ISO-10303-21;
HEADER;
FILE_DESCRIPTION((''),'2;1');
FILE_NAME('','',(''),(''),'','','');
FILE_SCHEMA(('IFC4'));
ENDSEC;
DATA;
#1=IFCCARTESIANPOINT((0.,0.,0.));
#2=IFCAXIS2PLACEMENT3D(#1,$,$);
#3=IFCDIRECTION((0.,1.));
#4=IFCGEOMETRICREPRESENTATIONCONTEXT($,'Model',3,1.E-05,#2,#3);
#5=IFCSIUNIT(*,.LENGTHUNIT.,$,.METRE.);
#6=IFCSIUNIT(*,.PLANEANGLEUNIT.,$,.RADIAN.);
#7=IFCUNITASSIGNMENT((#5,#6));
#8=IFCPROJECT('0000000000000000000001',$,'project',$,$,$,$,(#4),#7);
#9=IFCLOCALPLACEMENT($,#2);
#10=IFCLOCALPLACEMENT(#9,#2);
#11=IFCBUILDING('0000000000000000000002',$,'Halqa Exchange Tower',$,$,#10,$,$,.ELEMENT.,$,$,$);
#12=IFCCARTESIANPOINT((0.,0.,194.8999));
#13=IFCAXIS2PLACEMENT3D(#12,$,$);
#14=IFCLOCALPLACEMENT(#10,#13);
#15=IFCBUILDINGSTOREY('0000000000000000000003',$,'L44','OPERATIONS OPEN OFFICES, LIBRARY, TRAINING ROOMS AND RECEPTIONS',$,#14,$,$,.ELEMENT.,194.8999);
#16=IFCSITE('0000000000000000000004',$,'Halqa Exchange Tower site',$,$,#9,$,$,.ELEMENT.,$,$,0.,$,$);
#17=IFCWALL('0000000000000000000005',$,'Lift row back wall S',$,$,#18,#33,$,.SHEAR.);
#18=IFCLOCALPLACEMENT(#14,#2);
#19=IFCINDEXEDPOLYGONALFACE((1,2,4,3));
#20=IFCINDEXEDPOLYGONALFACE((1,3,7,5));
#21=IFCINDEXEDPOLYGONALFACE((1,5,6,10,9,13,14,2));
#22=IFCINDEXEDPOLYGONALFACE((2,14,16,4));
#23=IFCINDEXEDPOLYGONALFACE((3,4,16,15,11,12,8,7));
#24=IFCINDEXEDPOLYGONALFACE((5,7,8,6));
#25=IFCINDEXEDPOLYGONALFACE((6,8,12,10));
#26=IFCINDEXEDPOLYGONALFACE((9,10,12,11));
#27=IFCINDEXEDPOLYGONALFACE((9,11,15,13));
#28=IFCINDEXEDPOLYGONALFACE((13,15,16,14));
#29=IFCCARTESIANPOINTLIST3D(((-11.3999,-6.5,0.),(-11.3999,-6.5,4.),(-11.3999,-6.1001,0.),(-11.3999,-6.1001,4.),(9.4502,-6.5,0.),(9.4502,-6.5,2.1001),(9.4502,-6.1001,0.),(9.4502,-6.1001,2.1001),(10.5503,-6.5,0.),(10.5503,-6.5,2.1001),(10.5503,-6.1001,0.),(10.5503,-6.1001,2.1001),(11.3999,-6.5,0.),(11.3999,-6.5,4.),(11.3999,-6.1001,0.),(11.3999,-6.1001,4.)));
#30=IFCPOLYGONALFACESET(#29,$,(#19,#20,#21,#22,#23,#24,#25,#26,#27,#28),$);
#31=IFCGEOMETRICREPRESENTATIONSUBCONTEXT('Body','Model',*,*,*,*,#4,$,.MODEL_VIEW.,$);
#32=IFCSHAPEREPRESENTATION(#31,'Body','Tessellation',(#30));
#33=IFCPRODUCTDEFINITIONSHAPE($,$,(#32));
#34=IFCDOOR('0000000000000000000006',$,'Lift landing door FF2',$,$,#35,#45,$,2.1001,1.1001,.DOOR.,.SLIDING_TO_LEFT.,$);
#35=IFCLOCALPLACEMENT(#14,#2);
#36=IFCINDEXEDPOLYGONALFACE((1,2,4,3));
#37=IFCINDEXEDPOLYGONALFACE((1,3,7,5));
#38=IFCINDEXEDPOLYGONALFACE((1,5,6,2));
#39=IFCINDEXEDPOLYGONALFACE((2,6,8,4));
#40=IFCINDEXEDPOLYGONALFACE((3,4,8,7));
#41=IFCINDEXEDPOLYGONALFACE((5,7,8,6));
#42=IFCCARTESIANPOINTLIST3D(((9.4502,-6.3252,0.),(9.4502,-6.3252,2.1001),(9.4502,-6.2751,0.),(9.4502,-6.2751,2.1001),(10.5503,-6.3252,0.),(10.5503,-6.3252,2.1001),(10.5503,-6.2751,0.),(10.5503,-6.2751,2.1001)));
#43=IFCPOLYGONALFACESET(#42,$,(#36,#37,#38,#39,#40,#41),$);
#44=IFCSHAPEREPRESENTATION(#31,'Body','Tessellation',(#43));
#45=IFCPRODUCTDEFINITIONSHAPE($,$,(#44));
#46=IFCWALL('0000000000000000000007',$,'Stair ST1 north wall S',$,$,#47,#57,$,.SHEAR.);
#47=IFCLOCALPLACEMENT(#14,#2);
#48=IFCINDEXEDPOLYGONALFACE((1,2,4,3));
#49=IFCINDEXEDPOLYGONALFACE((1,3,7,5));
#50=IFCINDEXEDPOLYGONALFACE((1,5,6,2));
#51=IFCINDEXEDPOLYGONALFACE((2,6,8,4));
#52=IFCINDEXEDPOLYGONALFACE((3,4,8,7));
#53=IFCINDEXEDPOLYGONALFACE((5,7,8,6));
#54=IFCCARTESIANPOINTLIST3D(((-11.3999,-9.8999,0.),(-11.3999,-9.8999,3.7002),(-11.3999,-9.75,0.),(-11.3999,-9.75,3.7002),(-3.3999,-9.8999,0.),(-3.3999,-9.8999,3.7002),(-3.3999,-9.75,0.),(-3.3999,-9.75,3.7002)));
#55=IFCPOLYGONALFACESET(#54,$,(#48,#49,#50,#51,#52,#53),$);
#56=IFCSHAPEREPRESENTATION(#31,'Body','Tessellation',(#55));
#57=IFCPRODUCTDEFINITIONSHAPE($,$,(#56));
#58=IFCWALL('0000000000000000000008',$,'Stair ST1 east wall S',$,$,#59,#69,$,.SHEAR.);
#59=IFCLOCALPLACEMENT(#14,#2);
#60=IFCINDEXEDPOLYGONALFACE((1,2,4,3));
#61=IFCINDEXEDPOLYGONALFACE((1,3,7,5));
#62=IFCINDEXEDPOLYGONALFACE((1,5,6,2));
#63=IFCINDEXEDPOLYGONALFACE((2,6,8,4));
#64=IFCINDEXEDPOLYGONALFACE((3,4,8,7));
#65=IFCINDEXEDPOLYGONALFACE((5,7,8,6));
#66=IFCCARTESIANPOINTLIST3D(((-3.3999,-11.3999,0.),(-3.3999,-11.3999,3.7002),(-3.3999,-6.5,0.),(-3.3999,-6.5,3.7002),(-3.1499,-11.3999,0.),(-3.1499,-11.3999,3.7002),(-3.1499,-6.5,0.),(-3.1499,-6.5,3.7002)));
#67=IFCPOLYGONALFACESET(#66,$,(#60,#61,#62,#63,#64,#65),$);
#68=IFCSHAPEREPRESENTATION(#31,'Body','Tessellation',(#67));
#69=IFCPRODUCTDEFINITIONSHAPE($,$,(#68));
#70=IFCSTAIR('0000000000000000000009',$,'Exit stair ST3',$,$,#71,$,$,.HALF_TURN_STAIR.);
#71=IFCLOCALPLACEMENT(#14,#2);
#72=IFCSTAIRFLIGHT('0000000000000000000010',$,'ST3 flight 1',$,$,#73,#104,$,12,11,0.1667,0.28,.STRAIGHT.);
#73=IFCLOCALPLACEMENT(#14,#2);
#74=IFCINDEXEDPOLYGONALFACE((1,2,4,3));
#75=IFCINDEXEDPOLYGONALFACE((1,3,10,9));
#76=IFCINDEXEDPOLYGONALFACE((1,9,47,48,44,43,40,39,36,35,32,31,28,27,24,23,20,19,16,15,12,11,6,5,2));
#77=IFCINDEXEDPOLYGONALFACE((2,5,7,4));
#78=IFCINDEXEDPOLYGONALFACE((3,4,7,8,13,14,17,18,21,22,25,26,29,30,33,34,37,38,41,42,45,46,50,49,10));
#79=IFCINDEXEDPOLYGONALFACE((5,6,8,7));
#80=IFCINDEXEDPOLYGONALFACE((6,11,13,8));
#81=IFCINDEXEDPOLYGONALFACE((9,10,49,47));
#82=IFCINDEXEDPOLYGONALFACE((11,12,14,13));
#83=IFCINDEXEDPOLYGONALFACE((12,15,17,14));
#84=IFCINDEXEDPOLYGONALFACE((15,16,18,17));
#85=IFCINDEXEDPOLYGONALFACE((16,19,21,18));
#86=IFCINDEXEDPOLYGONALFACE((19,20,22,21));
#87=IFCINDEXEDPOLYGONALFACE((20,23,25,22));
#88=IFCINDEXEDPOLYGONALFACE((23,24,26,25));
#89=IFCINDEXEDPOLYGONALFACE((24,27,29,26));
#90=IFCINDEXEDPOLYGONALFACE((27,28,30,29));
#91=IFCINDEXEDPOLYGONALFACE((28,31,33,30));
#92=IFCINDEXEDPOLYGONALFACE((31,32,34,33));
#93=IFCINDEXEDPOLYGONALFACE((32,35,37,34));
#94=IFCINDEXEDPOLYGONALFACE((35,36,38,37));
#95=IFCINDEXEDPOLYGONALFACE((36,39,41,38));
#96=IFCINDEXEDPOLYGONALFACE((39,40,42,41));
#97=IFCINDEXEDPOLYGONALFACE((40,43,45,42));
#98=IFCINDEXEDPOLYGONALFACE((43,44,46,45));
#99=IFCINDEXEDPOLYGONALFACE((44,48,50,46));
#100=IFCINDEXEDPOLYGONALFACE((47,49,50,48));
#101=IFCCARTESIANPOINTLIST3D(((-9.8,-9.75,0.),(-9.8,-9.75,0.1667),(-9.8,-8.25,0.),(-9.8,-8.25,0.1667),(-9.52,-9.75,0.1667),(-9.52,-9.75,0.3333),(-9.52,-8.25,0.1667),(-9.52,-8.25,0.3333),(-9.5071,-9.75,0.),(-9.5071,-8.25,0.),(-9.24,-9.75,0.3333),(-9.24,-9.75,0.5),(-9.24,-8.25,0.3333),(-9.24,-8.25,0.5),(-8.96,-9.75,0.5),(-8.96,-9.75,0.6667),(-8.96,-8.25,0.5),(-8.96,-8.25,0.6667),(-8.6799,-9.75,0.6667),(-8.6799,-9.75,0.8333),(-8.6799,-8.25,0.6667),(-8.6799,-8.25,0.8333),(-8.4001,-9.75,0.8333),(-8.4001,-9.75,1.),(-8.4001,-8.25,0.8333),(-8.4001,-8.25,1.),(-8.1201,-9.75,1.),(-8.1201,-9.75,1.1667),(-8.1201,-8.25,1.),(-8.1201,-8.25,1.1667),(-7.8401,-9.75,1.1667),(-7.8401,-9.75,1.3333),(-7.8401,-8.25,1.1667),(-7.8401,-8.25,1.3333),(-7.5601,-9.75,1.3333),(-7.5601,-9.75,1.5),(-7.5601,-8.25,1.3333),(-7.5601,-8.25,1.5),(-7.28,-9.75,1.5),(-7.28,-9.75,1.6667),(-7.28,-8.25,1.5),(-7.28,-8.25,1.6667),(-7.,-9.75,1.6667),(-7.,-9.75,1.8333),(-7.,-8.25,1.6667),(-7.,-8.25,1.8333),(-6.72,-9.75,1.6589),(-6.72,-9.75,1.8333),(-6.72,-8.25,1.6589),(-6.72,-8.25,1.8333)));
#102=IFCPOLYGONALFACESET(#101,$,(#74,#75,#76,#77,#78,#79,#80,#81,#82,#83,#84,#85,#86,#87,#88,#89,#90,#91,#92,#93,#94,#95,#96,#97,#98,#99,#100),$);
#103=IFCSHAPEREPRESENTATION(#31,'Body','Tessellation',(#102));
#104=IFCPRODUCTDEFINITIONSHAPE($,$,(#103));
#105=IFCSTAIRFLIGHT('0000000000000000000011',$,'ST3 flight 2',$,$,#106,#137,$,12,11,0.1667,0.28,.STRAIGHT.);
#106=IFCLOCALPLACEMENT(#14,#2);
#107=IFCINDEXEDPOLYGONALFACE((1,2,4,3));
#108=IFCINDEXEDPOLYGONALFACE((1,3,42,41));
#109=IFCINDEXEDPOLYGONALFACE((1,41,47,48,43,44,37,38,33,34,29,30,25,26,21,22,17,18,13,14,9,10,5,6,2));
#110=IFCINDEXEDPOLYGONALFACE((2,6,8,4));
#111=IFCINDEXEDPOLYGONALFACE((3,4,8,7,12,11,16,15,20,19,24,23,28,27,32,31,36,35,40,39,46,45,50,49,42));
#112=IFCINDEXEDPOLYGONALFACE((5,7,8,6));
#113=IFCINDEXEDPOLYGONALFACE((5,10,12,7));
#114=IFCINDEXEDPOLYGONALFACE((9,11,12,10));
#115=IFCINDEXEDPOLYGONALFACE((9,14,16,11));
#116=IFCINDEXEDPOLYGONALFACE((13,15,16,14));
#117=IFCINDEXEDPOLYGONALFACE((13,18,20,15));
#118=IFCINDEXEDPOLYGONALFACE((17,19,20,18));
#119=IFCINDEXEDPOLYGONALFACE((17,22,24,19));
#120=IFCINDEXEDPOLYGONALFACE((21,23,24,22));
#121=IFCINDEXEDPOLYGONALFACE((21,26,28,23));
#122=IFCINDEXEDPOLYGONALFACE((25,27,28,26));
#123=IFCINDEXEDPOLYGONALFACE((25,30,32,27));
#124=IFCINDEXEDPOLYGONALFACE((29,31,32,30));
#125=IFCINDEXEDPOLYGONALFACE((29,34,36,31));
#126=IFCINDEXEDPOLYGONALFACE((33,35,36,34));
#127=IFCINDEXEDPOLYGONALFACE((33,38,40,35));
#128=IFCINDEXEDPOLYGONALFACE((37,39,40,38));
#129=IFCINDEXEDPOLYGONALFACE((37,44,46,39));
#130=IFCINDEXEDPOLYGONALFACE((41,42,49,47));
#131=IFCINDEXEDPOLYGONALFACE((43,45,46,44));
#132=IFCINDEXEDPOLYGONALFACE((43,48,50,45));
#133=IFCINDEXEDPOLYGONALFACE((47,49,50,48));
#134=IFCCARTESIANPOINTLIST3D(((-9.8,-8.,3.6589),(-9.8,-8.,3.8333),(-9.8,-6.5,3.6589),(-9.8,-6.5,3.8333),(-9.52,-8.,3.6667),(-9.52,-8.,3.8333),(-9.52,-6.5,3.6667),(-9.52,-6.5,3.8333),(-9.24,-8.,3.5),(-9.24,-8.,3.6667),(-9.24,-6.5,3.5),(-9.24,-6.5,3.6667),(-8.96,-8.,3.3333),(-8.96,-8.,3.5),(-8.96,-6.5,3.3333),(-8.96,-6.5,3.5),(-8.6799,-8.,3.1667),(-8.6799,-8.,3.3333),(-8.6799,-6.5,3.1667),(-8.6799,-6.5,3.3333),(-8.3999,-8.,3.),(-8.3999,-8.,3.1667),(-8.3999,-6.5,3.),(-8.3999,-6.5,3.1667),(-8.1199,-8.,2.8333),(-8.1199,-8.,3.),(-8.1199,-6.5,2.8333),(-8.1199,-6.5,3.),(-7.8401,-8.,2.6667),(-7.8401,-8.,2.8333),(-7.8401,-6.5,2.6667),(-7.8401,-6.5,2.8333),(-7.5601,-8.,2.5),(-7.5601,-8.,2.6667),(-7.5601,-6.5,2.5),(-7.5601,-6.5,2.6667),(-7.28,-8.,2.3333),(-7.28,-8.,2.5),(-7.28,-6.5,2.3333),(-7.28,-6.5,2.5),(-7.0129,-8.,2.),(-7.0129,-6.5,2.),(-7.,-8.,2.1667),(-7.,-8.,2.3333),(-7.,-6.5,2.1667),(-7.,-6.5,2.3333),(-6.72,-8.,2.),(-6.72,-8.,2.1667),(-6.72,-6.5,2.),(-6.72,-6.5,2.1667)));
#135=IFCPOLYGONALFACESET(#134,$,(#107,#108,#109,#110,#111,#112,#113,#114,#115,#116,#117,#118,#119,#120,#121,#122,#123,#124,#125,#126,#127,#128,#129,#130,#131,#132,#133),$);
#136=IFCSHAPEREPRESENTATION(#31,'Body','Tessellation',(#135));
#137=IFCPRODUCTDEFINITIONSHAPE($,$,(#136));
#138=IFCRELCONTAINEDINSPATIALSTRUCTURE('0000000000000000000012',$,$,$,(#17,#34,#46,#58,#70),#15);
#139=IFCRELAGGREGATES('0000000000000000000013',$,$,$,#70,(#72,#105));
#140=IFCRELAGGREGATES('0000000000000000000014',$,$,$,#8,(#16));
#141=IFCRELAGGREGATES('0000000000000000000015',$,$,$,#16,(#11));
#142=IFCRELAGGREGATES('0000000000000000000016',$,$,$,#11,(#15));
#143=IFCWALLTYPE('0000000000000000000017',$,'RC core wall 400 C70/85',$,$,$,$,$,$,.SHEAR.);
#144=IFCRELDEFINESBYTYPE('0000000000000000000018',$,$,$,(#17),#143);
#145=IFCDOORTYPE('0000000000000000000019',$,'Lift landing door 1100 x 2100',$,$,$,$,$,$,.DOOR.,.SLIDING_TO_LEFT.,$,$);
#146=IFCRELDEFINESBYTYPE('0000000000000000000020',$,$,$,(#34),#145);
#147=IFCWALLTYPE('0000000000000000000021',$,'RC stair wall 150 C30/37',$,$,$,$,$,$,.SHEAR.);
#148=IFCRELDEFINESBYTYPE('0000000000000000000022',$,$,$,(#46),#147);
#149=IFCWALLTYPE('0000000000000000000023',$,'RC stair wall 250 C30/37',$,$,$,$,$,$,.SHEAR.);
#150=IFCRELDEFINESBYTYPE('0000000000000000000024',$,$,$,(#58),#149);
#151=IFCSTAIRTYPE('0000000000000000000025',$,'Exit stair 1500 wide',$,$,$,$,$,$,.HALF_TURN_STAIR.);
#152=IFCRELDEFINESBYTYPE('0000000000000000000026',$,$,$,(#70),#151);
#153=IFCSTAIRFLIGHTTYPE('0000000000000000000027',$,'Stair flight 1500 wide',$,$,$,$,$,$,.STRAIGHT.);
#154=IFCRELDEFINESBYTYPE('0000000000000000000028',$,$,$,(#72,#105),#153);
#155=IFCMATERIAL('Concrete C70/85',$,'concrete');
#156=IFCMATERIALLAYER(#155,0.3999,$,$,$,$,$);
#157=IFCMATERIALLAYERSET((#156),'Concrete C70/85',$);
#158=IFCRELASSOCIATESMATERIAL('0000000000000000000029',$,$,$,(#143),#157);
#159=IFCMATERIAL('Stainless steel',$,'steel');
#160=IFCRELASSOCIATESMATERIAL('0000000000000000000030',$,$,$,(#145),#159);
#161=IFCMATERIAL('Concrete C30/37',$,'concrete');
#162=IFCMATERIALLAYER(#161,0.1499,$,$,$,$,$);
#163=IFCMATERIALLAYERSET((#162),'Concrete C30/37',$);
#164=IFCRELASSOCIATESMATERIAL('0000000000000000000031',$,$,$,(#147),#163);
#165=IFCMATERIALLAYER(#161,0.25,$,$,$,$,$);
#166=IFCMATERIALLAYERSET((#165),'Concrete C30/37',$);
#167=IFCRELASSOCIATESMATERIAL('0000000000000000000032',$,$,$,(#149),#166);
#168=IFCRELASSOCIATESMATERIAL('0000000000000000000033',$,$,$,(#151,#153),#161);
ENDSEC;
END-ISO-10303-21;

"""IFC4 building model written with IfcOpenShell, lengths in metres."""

from ifc_helpers import new_model, si_unit, direction, frame, frame_2d, origin, place, context, subcontext, project, spatial, polyline, rectangle, outline, extrude, material, layer, layer_set, type_object, element, fill, aggregate, save


model = new_model("IFC4")

# Units and contexts
model_context = context("Model", 3, precision=1e-05, world=origin(), true_north=direction((0.0, 1.0)))
body_context = subcontext(model_context, "Body", "Model", "MODEL_VIEW")
ifc_project = project(units=[si_unit("LENGTHUNIT", "METRE"), si_unit("PLANEANGLEUNIT", "RADIAN")], contexts=[model_context])

# Site, building, storey
site_placement = place(None, origin())
site = spatial("IfcSite", under=ifc_project, at=site_placement, Name="Halqa Exchange Tower site", CompositionType="ELEMENT", RefElevation=0.0)
building_placement = place(site_placement, origin())
building = spatial("IfcBuilding", under=site, at=building_placement, Name="Halqa Exchange Tower", CompositionType="ELEMENT")
storey_placement = place(building_placement, frame((0.0, 0.0, 194.8999)))
storey = spatial("IfcBuildingStorey", under=building, at=storey_placement, Name="L44", Description="OPERATIONS OPEN OFFICES, LIBRARY, TRAINING ROOMS AND RECEPTIONS", CompositionType="ELEMENT", Elevation=194.8999)

# Shared definitions
ifc_material_1 = material(Name="Concrete C70/85", Category="concrete")
ifc_layer_1 = layer(ifc_material_1, 0.3999)
ifc_layer_set_1 = layer_set([ifc_layer_1], Name="Concrete C70/85")
wall_type_1 = type_object("IfcWallType", Name="RC core wall 400 C70/85", PredefinedType="SHEAR", material=ifc_layer_set_1)
ifc_material_2 = material(Name="Stainless steel", Category="steel")
door_type_1 = type_object("IfcDoorType", Name="Lift landing door 1100 x 2100", OperationType="SLIDING_TO_LEFT", PredefinedType="DOOR", material=ifc_material_2)

# Wall, opening, door
wall_1_placement = place(storey_placement, frame((-11.3999, -6.3, 0.0), z_axis=(0.0, 0.0, 1.0), x_axis=(1.0, 0.0, 0.0)))
wall_1 = element("IfcWall", 1, at=wall_1_placement, inside=storey, type_object=wall_type_1, Name="Lift row back wall S", PredefinedType="SHEAR", context=body_context, shape_type="SweptSolid", body=[
    extrude(rectangle(XDim=22.7998, YDim=0.3999, at=frame_2d((11.3999, 0.0))), origin(), (0.0, 0.0, 1.0), 4.0),
])
opening_1_placement = place(wall_1_placement, frame((20.8501, 0.0, 0.0)))
opening_1 = element("IfcOpeningElement", 2, at=opening_1_placement, cuts=wall_1, PredefinedType="OPENING", context=body_context, shape_type="SweptSolid", body=[
    extrude(rectangle(XDim=1.1001, YDim=2.1001, at=frame_2d((0.55, 1.05))), frame((0.0, 0.2119, 0.0), z_axis=(0.0, -1.0, 0.0), x_axis=(1.0, 0.0, 0.0)), (0.0, 0.0, 1.0), 0.4238),
])
door_1_placement = place(opening_1_placement, origin())
door_1 = element("IfcDoor", 3, at=door_1_placement, inside=storey, type_object=door_type_1, Name="Lift landing door FF2", OperationType="SLIDING_TO_LEFT", OverallHeight=2.1001, OverallWidth=1.1001, PredefinedType="DOOR", context=body_context, shape_type="SweptSolid", body=[
    extrude(rectangle(XDim=1.1001, YDim=2.1001, at=frame_2d((0.55, 1.05))), frame((0.0, 0.0249, 0.0), z_axis=(0.0, -1.0, 0.0), x_axis=(1.0, 0.0, 0.0)), (0.0, 0.0, 1.0), 0.05),
])
fill(opening_1, door_1)

# Walls
ifc_material_3 = material(Name="Concrete C30/37", Category="concrete")
ifc_layer_2 = layer(ifc_material_3, 0.1499)
ifc_layer_set_2 = layer_set([ifc_layer_2], Name="Concrete C30/37")
wall_type_2 = type_object("IfcWallType", Name="RC stair wall 150 C30/37", PredefinedType="SHEAR", material=ifc_layer_set_2)
wall_2_placement = place(storey_placement, frame((-11.3999, -9.825, 0.0), z_axis=(0.0, 0.0, 1.0), x_axis=(1.0, 0.0, 0.0)))
element("IfcWall", 4, at=wall_2_placement, inside=storey, type_object=wall_type_2, Name="Stair ST1 north wall S", PredefinedType="SHEAR", context=body_context, shape_type="SweptSolid", body=[
    extrude(rectangle(XDim=8.0, YDim=0.1499, at=frame_2d((4.0, 0.0))), origin(), (0.0, 0.0, 1.0), 3.7002),
])
ifc_layer_3 = layer(ifc_material_3, 0.25)
ifc_layer_set_3 = layer_set([ifc_layer_3], Name="Concrete C30/37")
wall_type_3 = type_object("IfcWallType", Name="RC stair wall 250 C30/37", PredefinedType="SHEAR", material=ifc_layer_set_3)
wall_3_placement = place(storey_placement, frame((-3.2749, -11.3999, 0.0), z_axis=(0.0, 0.0, 1.0), x_axis=(0.0, 1.0, 0.0)))
element("IfcWall", 5, at=wall_3_placement, inside=storey, type_object=wall_type_3, Name="Stair ST1 east wall S", PredefinedType="SHEAR", context=body_context, shape_type="SweptSolid", body=[
    extrude(rectangle(XDim=4.8999, YDim=0.25, at=frame_2d((2.45, 0.0))), origin(), (0.0, 0.0, 1.0), 3.7002),
])

# Stair, stair flights
stair_type = type_object("IfcStairType", Name="Exit stair 1500 wide", PredefinedType="HALF_TURN_STAIR", material=ifc_material_3)
stair_placement = place(storey_placement, origin())
stair = element("IfcStair", 6, at=stair_placement, inside=storey, type_object=stair_type, Name="Exit stair ST3", PredefinedType="HALF_TURN_STAIR")
stair_flight_type = type_object("IfcStairFlightType", Name="Stair flight 1500 wide", PredefinedType="STRAIGHT", material=ifc_material_3)
stair_flight_1_placement = place(storey_placement, frame((-9.8, -9.0, 0.0), z_axis=(0.0, 0.0, 1.0), x_axis=(1.0, 0.0, 0.0)))
stair_flight_1 = element("IfcStairFlight", 7, at=stair_flight_1_placement, type_object=stair_flight_type, Name="ST3 flight 1", NumberOfRisers=12, NumberOfTreads=11, PredefinedType="STRAIGHT", RiserHeight=0.1667, TreadLength=0.28, context=body_context, shape_type="SweptSolid", body=[
    extrude(outline(polyline([(0.0, 0.0), (0.0, 0.1667), (0.28, 0.1667), (0.28, 0.3333), (0.5601, 0.3333), (0.5601, 0.5), (0.8401, 0.5), (0.8401, 0.6667), (1.1201, 0.6667), (1.1201, 0.8333), (1.3999, 0.8333), (1.3999, 1.0), (1.6799, 1.0), (1.6799, 1.1667), (1.96, 1.1667), (1.96, 1.3333), (2.24, 1.3333), (2.24, 1.5), (2.52, 1.5), (2.52, 1.6667), (2.8, 1.6667), (2.8, 1.8333), (3.0801, 1.8333), (3.0801, 2.0), (3.0801, 1.6589), (0.293, 0.0), (0.0, 0.0)])), frame((0.0, 0.75, 0.0), z_axis=(0.0, -1.0, 0.0), x_axis=(1.0, 0.0, 0.0)), (0.0, 0.0, 1.0), 1.5),
])
stair_flight_2_placement = place(storey_placement, frame((-6.72, -7.25, 2.0), z_axis=(0.0, 0.0, 1.0), x_axis=(-1.0, 0.0, 0.0)))
stair_flight_2 = element("IfcStairFlight", 8, at=stair_flight_2_placement, type_object=stair_flight_type, Name="ST3 flight 2", NumberOfRisers=12, NumberOfTreads=11, PredefinedType="STRAIGHT", RiserHeight=0.1667, TreadLength=0.28, context=body_context, shape_type="SweptSolid", body=[
    extrude(outline(polyline([(0.0, 0.0), (0.0, 0.1667), (0.28, 0.1667), (0.28, 0.3333), (0.5601, 0.3333), (0.5601, 0.5), (0.8401, 0.5), (0.8401, 0.6667), (1.1201, 0.6667), (1.1201, 0.8333), (1.3999, 0.8333), (1.3999, 1.0), (1.6799, 1.0), (1.6799, 1.1667), (1.96, 1.1667), (1.96, 1.3333), (2.24, 1.3333), (2.24, 1.5), (2.52, 1.5), (2.52, 1.6667), (2.8, 1.6667), (2.8, 1.8333), (3.0801, 1.8333), (3.0801, 2.0), (3.0801, 1.6589), (0.293, 0.0), (0.0, 0.0)])), frame((0.0, 0.75, 0.0), z_axis=(0.0, -1.0, 0.0), x_axis=(1.0, 0.0, 0.0)), (0.0, 0.0, 1.0), 1.5),
])
aggregate(stair, [stair_flight_1, stair_flight_2])

save(model, "model.ifc")
